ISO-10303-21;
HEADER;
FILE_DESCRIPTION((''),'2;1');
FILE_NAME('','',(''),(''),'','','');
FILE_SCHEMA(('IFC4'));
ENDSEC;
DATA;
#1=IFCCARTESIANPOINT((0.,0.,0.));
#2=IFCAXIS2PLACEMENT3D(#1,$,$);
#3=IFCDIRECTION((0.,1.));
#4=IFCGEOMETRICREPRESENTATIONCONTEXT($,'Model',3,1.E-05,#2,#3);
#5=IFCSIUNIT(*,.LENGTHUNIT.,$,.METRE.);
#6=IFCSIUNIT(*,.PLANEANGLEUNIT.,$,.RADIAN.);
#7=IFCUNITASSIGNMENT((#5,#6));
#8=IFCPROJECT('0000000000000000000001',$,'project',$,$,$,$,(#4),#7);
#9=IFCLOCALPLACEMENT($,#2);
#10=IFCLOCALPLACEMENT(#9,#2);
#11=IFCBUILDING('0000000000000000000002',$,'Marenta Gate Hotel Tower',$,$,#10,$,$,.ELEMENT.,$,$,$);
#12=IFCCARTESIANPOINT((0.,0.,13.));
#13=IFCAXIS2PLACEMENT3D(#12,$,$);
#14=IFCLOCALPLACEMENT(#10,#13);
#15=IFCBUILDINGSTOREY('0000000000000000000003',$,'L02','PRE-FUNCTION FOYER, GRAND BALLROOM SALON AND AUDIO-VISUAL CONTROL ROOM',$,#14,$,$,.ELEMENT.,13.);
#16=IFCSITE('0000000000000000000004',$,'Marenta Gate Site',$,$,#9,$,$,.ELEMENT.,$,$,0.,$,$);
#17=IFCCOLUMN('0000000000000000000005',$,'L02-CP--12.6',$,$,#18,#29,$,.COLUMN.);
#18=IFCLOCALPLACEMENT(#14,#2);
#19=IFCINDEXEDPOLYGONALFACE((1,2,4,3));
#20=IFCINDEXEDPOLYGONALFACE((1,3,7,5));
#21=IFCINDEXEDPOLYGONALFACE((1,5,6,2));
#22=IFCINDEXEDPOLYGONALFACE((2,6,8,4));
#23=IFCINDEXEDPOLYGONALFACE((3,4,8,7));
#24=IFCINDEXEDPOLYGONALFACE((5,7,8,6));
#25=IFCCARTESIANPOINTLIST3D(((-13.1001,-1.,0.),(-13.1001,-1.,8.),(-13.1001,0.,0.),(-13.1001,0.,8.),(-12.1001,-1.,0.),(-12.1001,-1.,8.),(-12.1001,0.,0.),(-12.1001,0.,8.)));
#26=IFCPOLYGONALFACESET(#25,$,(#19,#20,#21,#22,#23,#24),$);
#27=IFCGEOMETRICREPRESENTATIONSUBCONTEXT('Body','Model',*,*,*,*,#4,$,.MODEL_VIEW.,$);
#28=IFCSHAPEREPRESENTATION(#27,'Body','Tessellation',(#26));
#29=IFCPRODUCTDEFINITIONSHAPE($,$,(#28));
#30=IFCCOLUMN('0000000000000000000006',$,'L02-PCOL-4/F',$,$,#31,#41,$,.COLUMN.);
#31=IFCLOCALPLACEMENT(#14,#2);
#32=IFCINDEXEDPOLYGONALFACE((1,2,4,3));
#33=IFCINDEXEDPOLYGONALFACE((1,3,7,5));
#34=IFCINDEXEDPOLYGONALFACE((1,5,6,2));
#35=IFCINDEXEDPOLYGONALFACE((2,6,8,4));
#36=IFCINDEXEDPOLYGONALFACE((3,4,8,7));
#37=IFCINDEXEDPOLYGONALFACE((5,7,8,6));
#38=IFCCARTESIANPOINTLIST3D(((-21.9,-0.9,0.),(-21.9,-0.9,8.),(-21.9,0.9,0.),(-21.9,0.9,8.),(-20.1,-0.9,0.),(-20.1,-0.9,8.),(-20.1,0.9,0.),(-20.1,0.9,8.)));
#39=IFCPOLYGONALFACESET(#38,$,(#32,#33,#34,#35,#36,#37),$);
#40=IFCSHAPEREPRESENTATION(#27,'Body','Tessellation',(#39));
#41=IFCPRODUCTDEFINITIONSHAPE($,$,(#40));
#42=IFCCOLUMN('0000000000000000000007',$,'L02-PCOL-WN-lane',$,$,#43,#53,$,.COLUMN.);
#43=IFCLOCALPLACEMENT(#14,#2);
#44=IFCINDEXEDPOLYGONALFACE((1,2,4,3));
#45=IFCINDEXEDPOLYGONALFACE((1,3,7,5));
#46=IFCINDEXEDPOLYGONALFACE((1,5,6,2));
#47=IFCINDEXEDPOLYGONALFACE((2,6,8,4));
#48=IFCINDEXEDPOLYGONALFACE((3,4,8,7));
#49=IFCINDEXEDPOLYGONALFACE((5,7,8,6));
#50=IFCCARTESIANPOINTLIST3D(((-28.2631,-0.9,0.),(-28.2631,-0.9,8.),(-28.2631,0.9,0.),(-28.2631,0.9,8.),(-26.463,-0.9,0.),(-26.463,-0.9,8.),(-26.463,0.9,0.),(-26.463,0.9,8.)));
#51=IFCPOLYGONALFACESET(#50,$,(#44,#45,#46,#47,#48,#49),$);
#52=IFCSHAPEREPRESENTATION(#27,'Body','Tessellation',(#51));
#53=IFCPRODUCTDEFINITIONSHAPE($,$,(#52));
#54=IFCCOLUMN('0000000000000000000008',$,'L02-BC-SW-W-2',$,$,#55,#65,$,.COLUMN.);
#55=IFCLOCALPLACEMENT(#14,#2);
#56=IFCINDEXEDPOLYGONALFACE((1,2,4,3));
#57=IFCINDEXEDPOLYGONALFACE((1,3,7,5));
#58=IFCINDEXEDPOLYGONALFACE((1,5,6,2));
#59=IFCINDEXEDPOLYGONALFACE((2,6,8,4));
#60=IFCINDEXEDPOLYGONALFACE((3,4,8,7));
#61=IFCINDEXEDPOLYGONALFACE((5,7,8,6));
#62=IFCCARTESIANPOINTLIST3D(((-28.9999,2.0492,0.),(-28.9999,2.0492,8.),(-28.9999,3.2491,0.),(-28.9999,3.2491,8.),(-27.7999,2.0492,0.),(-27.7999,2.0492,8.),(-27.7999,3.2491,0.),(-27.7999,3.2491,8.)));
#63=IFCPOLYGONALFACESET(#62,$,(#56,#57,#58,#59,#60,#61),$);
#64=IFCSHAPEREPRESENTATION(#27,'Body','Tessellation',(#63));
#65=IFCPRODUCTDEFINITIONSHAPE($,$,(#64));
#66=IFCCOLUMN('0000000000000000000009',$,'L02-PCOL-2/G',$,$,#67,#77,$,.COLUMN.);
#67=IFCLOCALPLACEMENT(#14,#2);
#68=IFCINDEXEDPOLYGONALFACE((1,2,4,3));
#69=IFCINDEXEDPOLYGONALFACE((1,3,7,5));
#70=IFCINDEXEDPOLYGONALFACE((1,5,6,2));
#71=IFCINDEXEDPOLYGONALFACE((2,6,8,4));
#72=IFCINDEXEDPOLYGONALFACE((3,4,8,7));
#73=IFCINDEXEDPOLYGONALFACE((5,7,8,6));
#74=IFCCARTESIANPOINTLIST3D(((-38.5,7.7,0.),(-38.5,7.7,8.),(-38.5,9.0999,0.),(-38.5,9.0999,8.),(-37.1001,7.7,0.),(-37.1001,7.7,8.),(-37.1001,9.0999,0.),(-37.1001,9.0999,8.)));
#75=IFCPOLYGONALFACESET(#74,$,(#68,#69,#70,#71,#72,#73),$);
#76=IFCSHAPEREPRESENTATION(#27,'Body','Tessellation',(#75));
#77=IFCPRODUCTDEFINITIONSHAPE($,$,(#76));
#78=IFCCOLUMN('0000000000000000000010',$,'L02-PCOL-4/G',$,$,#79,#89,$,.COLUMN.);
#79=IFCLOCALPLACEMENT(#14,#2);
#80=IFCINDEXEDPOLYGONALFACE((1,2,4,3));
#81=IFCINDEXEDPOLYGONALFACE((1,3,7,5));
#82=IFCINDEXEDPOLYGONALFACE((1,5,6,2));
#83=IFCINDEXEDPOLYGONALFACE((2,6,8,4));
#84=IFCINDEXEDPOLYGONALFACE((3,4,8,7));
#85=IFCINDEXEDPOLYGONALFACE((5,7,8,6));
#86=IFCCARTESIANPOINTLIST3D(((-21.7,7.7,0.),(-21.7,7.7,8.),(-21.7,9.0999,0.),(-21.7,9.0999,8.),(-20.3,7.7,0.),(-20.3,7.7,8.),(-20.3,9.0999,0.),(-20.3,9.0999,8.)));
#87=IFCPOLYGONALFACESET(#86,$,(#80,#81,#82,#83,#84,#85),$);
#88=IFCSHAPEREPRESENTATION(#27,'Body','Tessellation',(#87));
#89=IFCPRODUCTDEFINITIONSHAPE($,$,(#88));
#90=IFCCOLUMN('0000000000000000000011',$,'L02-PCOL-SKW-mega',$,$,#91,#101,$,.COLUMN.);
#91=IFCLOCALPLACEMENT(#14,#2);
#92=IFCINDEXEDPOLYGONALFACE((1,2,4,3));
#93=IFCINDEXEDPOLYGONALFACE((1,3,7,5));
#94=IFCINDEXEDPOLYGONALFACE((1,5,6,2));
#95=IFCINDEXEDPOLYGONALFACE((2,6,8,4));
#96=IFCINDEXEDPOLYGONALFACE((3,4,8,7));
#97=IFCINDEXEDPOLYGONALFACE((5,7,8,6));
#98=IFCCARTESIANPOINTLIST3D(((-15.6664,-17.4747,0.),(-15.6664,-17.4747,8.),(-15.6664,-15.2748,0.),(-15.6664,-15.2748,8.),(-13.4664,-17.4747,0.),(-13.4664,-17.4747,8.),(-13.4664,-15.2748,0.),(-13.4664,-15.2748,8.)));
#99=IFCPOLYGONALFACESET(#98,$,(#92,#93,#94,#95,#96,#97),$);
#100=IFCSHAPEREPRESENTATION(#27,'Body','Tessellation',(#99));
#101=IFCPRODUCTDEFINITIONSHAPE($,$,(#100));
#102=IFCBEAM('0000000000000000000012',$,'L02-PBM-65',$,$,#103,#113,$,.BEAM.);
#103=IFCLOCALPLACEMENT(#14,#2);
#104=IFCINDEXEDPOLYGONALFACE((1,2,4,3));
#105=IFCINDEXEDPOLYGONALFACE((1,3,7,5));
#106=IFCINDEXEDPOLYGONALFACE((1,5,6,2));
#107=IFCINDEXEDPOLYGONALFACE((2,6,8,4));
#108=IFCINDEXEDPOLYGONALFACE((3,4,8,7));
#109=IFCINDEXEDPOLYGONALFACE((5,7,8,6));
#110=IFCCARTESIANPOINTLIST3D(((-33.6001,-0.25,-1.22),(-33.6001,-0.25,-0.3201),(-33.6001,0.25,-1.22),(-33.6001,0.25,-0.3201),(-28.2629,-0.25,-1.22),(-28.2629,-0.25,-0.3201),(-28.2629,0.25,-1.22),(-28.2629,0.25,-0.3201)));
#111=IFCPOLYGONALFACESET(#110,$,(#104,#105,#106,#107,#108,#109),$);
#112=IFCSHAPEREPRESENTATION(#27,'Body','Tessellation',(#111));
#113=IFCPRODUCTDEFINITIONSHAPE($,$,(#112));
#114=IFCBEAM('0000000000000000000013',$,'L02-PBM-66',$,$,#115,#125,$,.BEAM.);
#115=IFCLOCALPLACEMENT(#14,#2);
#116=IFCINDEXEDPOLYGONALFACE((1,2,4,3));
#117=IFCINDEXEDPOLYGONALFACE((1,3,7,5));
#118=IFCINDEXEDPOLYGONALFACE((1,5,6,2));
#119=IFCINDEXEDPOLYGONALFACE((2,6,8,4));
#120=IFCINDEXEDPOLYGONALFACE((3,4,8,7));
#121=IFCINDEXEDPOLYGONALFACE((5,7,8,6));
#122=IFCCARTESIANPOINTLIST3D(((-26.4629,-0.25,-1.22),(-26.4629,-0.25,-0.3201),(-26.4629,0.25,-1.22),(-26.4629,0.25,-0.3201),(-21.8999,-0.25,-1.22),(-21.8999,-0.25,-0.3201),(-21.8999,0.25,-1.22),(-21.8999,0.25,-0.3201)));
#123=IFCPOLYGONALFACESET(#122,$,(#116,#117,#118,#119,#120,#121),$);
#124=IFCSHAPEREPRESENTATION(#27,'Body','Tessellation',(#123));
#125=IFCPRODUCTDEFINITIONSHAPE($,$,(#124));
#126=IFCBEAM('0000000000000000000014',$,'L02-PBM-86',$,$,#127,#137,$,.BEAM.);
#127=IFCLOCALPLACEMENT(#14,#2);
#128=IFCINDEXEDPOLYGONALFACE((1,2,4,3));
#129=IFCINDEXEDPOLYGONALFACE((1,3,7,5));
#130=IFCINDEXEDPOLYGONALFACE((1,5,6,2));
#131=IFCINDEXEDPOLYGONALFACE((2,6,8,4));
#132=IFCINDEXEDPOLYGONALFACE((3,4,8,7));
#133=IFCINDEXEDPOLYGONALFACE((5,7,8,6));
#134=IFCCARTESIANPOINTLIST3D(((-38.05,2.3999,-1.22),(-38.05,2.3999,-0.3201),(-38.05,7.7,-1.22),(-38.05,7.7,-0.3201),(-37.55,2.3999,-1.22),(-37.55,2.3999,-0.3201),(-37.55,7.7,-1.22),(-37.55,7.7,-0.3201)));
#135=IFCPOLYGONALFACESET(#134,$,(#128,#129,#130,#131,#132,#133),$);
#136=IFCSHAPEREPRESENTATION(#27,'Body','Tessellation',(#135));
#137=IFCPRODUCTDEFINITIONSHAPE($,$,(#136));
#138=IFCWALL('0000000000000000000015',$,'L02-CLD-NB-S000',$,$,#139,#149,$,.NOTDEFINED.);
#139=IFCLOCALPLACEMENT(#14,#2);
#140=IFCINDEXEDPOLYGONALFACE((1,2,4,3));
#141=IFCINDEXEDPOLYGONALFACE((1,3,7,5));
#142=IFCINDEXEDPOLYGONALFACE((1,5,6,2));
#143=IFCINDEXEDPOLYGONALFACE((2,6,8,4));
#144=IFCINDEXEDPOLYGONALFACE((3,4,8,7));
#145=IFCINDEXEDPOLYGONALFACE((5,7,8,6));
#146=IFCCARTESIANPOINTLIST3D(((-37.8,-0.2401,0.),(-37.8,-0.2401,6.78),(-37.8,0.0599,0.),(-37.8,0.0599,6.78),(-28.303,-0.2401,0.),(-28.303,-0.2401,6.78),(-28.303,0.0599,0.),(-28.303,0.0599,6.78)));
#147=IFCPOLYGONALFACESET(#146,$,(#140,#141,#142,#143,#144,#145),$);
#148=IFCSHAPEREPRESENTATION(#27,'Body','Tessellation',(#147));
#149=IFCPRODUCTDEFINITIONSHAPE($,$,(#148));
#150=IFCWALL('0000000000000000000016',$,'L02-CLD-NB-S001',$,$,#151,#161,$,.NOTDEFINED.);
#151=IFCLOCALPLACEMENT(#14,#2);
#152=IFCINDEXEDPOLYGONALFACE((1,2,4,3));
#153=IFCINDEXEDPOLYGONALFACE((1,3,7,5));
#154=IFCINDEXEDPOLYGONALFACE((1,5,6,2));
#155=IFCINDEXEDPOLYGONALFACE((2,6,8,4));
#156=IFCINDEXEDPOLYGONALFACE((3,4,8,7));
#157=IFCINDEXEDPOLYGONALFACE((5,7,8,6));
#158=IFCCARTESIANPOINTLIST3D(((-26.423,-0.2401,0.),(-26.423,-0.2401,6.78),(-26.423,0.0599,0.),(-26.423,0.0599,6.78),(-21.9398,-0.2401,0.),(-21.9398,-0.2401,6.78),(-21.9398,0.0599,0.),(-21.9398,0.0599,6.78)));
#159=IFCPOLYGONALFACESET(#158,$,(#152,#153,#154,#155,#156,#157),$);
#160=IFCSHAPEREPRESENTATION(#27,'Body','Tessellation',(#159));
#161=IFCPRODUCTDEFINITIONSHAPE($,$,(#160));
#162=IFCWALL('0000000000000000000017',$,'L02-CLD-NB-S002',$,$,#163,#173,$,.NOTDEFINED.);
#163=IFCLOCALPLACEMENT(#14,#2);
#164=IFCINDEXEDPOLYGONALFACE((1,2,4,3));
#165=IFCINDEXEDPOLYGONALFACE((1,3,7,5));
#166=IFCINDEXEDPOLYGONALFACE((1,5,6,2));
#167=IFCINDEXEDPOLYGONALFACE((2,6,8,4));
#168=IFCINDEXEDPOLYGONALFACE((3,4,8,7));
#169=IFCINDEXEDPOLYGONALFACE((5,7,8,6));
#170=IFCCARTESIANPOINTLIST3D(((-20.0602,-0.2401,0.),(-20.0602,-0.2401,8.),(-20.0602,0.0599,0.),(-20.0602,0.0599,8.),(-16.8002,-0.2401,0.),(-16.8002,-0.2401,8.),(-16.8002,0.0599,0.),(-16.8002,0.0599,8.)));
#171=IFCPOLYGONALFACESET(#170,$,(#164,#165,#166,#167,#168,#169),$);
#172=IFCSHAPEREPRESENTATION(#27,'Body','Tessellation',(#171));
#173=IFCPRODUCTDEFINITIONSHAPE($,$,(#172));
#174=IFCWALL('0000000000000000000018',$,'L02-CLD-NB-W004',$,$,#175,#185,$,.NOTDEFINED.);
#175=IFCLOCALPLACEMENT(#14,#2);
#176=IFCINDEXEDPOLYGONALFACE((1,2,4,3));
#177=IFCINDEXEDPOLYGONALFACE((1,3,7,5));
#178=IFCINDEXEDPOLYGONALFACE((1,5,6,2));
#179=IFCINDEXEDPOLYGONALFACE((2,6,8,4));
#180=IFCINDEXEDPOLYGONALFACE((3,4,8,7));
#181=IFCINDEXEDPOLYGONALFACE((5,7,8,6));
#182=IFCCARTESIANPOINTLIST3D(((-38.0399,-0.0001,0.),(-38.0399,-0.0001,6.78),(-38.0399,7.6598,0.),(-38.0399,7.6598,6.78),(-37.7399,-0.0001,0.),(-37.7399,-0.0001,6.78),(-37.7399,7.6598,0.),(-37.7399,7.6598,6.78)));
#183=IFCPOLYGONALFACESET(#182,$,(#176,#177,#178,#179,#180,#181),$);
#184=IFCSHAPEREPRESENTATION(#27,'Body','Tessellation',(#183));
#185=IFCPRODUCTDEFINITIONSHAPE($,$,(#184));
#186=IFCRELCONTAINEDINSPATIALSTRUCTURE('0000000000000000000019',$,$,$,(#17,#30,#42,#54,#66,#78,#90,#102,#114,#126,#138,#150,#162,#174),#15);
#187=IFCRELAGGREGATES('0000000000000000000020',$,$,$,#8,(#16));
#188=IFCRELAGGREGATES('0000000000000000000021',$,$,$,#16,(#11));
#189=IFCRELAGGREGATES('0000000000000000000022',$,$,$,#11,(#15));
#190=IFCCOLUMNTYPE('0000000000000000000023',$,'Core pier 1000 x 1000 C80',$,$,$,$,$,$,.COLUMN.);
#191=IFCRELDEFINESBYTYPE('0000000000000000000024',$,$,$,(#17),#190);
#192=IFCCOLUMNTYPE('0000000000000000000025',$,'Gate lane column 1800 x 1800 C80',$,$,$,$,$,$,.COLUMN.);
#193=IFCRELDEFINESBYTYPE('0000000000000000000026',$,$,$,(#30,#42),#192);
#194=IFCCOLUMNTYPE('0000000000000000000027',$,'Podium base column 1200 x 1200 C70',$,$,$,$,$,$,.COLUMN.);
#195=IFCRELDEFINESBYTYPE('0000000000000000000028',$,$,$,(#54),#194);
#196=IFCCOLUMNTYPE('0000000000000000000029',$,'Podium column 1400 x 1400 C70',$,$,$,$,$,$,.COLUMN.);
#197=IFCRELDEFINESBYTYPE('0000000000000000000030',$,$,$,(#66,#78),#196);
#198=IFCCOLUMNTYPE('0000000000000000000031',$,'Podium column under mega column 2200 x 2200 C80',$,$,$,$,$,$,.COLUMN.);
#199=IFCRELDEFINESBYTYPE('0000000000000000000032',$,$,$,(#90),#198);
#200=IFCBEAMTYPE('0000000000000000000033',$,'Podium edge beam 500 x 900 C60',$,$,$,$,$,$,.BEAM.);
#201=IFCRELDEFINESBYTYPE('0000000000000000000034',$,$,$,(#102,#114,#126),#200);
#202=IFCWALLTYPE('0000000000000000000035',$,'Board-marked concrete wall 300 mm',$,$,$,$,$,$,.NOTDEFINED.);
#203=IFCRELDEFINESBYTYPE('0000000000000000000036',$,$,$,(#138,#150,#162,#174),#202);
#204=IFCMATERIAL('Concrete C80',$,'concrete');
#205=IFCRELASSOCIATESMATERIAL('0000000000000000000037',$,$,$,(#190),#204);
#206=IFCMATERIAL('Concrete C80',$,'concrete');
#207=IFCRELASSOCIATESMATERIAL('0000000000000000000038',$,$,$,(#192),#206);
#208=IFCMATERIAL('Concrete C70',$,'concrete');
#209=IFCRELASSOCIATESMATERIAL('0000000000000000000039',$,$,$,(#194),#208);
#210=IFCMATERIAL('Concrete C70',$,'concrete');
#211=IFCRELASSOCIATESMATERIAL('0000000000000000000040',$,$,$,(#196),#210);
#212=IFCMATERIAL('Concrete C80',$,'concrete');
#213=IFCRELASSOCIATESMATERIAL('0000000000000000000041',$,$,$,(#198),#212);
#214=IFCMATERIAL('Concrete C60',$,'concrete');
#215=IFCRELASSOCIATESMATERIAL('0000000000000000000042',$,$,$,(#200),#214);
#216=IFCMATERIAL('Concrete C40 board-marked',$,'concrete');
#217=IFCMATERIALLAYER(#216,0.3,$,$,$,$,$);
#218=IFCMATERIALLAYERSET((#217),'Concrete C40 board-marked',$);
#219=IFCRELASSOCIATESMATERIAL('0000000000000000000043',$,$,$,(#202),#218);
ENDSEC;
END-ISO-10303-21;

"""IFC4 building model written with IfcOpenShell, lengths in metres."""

from ifc_helpers import new_model, si_unit, direction, frame, frame_2d, origin, origin_2d, place, context, subcontext, project, spatial, rectangle, extrude, material, layer, layer_set, material_profile, profile_set, type_object, element, save


model = new_model("IFC4")

# Units and contexts
model_context = context("Model", 3, precision=1e-05, world=origin(), true_north=direction((0.0, 1.0)))
body_context = subcontext(model_context, "Body", "Model", "MODEL_VIEW")
ifc_project = project(units=[si_unit("LENGTHUNIT", "METRE"), si_unit("PLANEANGLEUNIT", "RADIAN")], contexts=[model_context])

# Site, building, storey
site_placement = place(None, origin())
site = spatial("IfcSite", under=ifc_project, at=site_placement, Name="Marenta Gate Site", CompositionType="ELEMENT", RefElevation=0.0)
building_placement = place(site_placement, origin())
building = spatial("IfcBuilding", under=site, at=building_placement, Name="Marenta Gate Hotel Tower", CompositionType="ELEMENT")
storey_placement = place(building_placement, frame((0.0, 0.0, 13.0)))
storey = spatial("IfcBuildingStorey", under=building, at=storey_placement, Name="L02", Description="PRE-FUNCTION FOYER, GRAND BALLROOM SALON AND AUDIO-VISUAL CONTROL ROOM", CompositionType="ELEMENT", Elevation=13.0)

# Columns
ifc_material_1 = material(Name="Concrete C80", Category="concrete")
ifc_material_profile_1 = material_profile(ifc_material_1, rectangle(XDim=1.0, YDim=1.0, at=origin_2d()), Name="1000 x 1000")
ifc_profile_set_1 = profile_set([ifc_material_profile_1], Name="Concrete C80")
column_type_1 = type_object("IfcColumnType", Name="Core pier 1000 x 1000 C80", PredefinedType="COLUMN", material=ifc_profile_set_1)
column_1_placement = place(storey_placement, frame((-12.6001, -0.5, 0.0), z_axis=(0.0, 0.0, 1.0), x_axis=(1.0, 0.0, 0.0)))
element("IfcColumn", 1, at=column_1_placement, inside=storey, type_object=column_type_1, Name="L02-CP--12.6", PredefinedType="COLUMN", context=body_context, shape_type="SweptSolid", body=[
    extrude(rectangle(XDim=1.0, YDim=1.0, at=origin_2d()), origin(), (0.0, 0.0, 1.0), 8.0),
])
ifc_material_2 = material(Name="Concrete C80", Category="concrete")
ifc_material_profile_2 = material_profile(ifc_material_2, rectangle(XDim=1.8, YDim=1.8, at=origin_2d()), Name="1800 x 1800")
ifc_profile_set_2 = profile_set([ifc_material_profile_2], Name="Concrete C80")
column_type_2 = type_object("IfcColumnType", Name="Gate lane column 1800 x 1800 C80", PredefinedType="COLUMN", material=ifc_profile_set_2)
for number, where, z_axis, x_axis, name in (
    (2, (-21.0, 0.0, 0.0), (0.0, 0.0, 1.0), (1.0, 0.0, 0.0), "L02-PCOL-4/F"),
    (3, (-27.363, 0.0, 0.0), (0.0, 0.0, 1.0), (1.0, 0.0, 0.0), "L02-PCOL-WN-lane"),
):
    element("IfcColumn", number, at=place(storey_placement, frame(where, z_axis=z_axis, x_axis=x_axis)), inside=storey, type_object=column_type_2, Name=name, PredefinedType="COLUMN", context=body_context, shape_type="SweptSolid", body=[
        extrude(rectangle(XDim=1.8, YDim=1.8, at=origin_2d()), origin(), (0.0, 0.0, 1.0), 8.0),
    ])
ifc_material_3 = material(Name="Concrete C70", Category="concrete")
ifc_material_profile_3 = material_profile(ifc_material_3, rectangle(XDim=1.2, YDim=1.2, at=origin_2d()), Name="1200 x 1200")
ifc_profile_set_3 = profile_set([ifc_material_profile_3], Name="Concrete C70")
column_type_3 = type_object("IfcColumnType", Name="Podium base column 1200 x 1200 C70", PredefinedType="COLUMN", material=ifc_profile_set_3)
column_2_placement = place(storey_placement, frame((-28.3999, 2.6492, 0.0), z_axis=(0.0, 0.0, 1.0), x_axis=(1.0, 0.0, 0.0)))
element("IfcColumn", 4, at=column_2_placement, inside=storey, type_object=column_type_3, Name="L02-BC-SW-W-2", PredefinedType="COLUMN", context=body_context, shape_type="SweptSolid", body=[
    extrude(rectangle(XDim=1.2, YDim=1.2, at=origin_2d()), origin(), (0.0, 0.0, 1.0), 8.0),
])
ifc_material_4 = material(Name="Concrete C70", Category="concrete")
ifc_material_profile_4 = material_profile(ifc_material_4, rectangle(XDim=1.3999, YDim=1.3999, at=origin_2d()), Name="1400 x 1400")
ifc_profile_set_4 = profile_set([ifc_material_profile_4], Name="Concrete C70")
column_type_4 = type_object("IfcColumnType", Name="Podium column 1400 x 1400 C70", PredefinedType="COLUMN", material=ifc_profile_set_4)
for number, where, z_axis, x_axis, name in (
    (5, (-37.8, 8.3999, 0.0), (0.0, 0.0, 1.0), (1.0, 0.0, 0.0), "L02-PCOL-2/G"),
    (6, (-21.0, 8.3999, 0.0), (0.0, 0.0, 1.0), (1.0, 0.0, 0.0), "L02-PCOL-4/G"),
):
    element("IfcColumn", number, at=place(storey_placement, frame(where, z_axis=z_axis, x_axis=x_axis)), inside=storey, type_object=column_type_4, Name=name, PredefinedType="COLUMN", context=body_context, shape_type="SweptSolid", body=[
        extrude(rectangle(XDim=1.3999, YDim=1.3999, at=origin_2d()), origin(), (0.0, 0.0, 1.0), 8.0),
    ])
ifc_material_5 = material(Name="Concrete C80", Category="concrete")
ifc_material_profile_5 = material_profile(ifc_material_5, rectangle(XDim=2.2, YDim=2.2, at=origin_2d()), Name="2200 x 2200")
ifc_profile_set_5 = profile_set([ifc_material_profile_5], Name="Concrete C80")
column_type_5 = type_object("IfcColumnType", Name="Podium column under mega column 2200 x 2200 C80", PredefinedType="COLUMN", material=ifc_profile_set_5)
column_3_placement = place(storey_placement, frame((-14.5664, -16.3748, 0.0), z_axis=(0.0, 0.0, 1.0), x_axis=(1.0, 0.0, 0.0)))
element("IfcColumn", 7, at=column_3_placement, inside=storey, type_object=column_type_5, Name="L02-PCOL-SKW-mega", PredefinedType="COLUMN", context=body_context, shape_type="SweptSolid", body=[
    extrude(rectangle(XDim=2.2, YDim=2.2, at=origin_2d()), origin(), (0.0, 0.0, 1.0), 8.0),
])

# Beams
ifc_material_6 = material(Name="Concrete C60", Category="concrete")
ifc_material_profile_6 = material_profile(ifc_material_6, rectangle(XDim=0.5, YDim=0.8999, at=origin_2d()), Name="500 x 900")
ifc_profile_set_6 = profile_set([ifc_material_profile_6], Name="Concrete C60")
beam_type = type_object("IfcBeamType", Name="Podium edge beam 500 x 900 C60", PredefinedType="BEAM", material=ifc_profile_set_6)
beam_1_placement = place(storey_placement, frame((-33.6001, 0.0, -0.77), z_axis=(1.0, 0.0, 0.0), x_axis=(0.0, 1.0, 0.0)))
element("IfcBeam", 8, at=beam_1_placement, inside=storey, type_object=beam_type, Name="L02-PBM-65", PredefinedType="BEAM", context=body_context, shape_type="SweptSolid", body=[
    extrude(rectangle(XDim=0.5, YDim=0.8999, at=origin_2d()), origin(), (0.0, 0.0, 1.0), 5.3372),
])
beam_2_placement = place(storey_placement, frame((-26.4629, 0.0, -0.77), z_axis=(1.0, 0.0, 0.0), x_axis=(0.0, 1.0, 0.0)))
element("IfcBeam", 9, at=beam_2_placement, inside=storey, type_object=beam_type, Name="L02-PBM-66", PredefinedType="BEAM", context=body_context, shape_type="SweptSolid", body=[
    extrude(rectangle(XDim=0.5, YDim=0.8999, at=origin_2d()), origin(), (0.0, 0.0, 1.0), 4.563),
])
beam_3_placement = place(storey_placement, frame((-37.8, 7.7, -0.77), z_axis=(0.0, -1.0, 0.0), x_axis=(1.0, 0.0, 0.0)))
element("IfcBeam", 10, at=beam_3_placement, inside=storey, type_object=beam_type, Name="L02-PBM-86", PredefinedType="BEAM", context=body_context, shape_type="SweptSolid", body=[
    extrude(rectangle(XDim=0.5, YDim=0.8999, at=origin_2d()), origin(), (0.0, 0.0, 1.0), 5.3),
])

# Walls
ifc_material_7 = material(Name="Concrete C40 board-marked", Category="concrete")
ifc_layer_1 = layer(ifc_material_7, 0.3)
ifc_layer_set_1 = layer_set([ifc_layer_1], Name="Concrete C40 board-marked")
wall_type_1 = type_object("IfcWallType", Name="Board-marked concrete wall 300 mm", PredefinedType="NOTDEFINED", material=ifc_layer_set_1)
wall_1_placement = place(storey_placement, frame((-37.8, -0.0901, 0.0), z_axis=(0.0, 0.0, 1.0), x_axis=(1.0, 0.0, 0.0)))
element("IfcWall", 11, at=wall_1_placement, inside=storey, type_object=wall_type_1, Name="L02-CLD-NB-S000", PredefinedType="NOTDEFINED", context=body_context, shape_type="SweptSolid", body=[
    extrude(rectangle(XDim=9.4971, YDim=0.3, at=frame_2d((4.7485, 0.0))), origin(), (0.0, 0.0, 1.0), 6.78),
])
wall_2_placement = place(storey_placement, frame((-26.4231, -0.0901, 0.0), z_axis=(0.0, 0.0, 1.0), x_axis=(1.0, 0.0, 0.0)))
element("IfcWall", 12, at=wall_2_placement, inside=storey, type_object=wall_type_1, Name="L02-CLD-NB-S001", PredefinedType="NOTDEFINED", context=body_context, shape_type="SweptSolid", body=[
    extrude(rectangle(XDim=4.4832, YDim=0.3, at=frame_2d((2.2417, 0.0))), origin(), (0.0, 0.0, 1.0), 6.78),
])
wall_3_placement = place(storey_placement, frame((-20.0601, -0.0901, 0.0), z_axis=(0.0, 0.0, 1.0), x_axis=(1.0, 0.0, 0.0)))
element("IfcWall", 13, at=wall_3_placement, inside=storey, type_object=wall_type_1, Name="L02-CLD-NB-S002", PredefinedType="NOTDEFINED", context=body_context, shape_type="SweptSolid", body=[
    extrude(rectangle(XDim=3.26, YDim=0.3, at=frame_2d((1.6299, 0.0))), origin(), (0.0, 0.0, 1.0), 8.0),
])
wall_4_placement = place(storey_placement, frame((-37.8899, 7.6599, 0.0), z_axis=(0.0, 0.0, 1.0), x_axis=(0.0, -1.0, 0.0)))
element("IfcWall", 14, at=wall_4_placement, inside=storey, type_object=wall_type_1, Name="L02-CLD-NB-W004", PredefinedType="NOTDEFINED", context=body_context, shape_type="SweptSolid", body=[
    extrude(rectangle(XDim=7.6599, YDim=0.3, at=frame_2d((3.8301, 0.0))), origin(), (0.0, 0.0, 1.0), 6.78),
])

save(model, "model.ifc")
